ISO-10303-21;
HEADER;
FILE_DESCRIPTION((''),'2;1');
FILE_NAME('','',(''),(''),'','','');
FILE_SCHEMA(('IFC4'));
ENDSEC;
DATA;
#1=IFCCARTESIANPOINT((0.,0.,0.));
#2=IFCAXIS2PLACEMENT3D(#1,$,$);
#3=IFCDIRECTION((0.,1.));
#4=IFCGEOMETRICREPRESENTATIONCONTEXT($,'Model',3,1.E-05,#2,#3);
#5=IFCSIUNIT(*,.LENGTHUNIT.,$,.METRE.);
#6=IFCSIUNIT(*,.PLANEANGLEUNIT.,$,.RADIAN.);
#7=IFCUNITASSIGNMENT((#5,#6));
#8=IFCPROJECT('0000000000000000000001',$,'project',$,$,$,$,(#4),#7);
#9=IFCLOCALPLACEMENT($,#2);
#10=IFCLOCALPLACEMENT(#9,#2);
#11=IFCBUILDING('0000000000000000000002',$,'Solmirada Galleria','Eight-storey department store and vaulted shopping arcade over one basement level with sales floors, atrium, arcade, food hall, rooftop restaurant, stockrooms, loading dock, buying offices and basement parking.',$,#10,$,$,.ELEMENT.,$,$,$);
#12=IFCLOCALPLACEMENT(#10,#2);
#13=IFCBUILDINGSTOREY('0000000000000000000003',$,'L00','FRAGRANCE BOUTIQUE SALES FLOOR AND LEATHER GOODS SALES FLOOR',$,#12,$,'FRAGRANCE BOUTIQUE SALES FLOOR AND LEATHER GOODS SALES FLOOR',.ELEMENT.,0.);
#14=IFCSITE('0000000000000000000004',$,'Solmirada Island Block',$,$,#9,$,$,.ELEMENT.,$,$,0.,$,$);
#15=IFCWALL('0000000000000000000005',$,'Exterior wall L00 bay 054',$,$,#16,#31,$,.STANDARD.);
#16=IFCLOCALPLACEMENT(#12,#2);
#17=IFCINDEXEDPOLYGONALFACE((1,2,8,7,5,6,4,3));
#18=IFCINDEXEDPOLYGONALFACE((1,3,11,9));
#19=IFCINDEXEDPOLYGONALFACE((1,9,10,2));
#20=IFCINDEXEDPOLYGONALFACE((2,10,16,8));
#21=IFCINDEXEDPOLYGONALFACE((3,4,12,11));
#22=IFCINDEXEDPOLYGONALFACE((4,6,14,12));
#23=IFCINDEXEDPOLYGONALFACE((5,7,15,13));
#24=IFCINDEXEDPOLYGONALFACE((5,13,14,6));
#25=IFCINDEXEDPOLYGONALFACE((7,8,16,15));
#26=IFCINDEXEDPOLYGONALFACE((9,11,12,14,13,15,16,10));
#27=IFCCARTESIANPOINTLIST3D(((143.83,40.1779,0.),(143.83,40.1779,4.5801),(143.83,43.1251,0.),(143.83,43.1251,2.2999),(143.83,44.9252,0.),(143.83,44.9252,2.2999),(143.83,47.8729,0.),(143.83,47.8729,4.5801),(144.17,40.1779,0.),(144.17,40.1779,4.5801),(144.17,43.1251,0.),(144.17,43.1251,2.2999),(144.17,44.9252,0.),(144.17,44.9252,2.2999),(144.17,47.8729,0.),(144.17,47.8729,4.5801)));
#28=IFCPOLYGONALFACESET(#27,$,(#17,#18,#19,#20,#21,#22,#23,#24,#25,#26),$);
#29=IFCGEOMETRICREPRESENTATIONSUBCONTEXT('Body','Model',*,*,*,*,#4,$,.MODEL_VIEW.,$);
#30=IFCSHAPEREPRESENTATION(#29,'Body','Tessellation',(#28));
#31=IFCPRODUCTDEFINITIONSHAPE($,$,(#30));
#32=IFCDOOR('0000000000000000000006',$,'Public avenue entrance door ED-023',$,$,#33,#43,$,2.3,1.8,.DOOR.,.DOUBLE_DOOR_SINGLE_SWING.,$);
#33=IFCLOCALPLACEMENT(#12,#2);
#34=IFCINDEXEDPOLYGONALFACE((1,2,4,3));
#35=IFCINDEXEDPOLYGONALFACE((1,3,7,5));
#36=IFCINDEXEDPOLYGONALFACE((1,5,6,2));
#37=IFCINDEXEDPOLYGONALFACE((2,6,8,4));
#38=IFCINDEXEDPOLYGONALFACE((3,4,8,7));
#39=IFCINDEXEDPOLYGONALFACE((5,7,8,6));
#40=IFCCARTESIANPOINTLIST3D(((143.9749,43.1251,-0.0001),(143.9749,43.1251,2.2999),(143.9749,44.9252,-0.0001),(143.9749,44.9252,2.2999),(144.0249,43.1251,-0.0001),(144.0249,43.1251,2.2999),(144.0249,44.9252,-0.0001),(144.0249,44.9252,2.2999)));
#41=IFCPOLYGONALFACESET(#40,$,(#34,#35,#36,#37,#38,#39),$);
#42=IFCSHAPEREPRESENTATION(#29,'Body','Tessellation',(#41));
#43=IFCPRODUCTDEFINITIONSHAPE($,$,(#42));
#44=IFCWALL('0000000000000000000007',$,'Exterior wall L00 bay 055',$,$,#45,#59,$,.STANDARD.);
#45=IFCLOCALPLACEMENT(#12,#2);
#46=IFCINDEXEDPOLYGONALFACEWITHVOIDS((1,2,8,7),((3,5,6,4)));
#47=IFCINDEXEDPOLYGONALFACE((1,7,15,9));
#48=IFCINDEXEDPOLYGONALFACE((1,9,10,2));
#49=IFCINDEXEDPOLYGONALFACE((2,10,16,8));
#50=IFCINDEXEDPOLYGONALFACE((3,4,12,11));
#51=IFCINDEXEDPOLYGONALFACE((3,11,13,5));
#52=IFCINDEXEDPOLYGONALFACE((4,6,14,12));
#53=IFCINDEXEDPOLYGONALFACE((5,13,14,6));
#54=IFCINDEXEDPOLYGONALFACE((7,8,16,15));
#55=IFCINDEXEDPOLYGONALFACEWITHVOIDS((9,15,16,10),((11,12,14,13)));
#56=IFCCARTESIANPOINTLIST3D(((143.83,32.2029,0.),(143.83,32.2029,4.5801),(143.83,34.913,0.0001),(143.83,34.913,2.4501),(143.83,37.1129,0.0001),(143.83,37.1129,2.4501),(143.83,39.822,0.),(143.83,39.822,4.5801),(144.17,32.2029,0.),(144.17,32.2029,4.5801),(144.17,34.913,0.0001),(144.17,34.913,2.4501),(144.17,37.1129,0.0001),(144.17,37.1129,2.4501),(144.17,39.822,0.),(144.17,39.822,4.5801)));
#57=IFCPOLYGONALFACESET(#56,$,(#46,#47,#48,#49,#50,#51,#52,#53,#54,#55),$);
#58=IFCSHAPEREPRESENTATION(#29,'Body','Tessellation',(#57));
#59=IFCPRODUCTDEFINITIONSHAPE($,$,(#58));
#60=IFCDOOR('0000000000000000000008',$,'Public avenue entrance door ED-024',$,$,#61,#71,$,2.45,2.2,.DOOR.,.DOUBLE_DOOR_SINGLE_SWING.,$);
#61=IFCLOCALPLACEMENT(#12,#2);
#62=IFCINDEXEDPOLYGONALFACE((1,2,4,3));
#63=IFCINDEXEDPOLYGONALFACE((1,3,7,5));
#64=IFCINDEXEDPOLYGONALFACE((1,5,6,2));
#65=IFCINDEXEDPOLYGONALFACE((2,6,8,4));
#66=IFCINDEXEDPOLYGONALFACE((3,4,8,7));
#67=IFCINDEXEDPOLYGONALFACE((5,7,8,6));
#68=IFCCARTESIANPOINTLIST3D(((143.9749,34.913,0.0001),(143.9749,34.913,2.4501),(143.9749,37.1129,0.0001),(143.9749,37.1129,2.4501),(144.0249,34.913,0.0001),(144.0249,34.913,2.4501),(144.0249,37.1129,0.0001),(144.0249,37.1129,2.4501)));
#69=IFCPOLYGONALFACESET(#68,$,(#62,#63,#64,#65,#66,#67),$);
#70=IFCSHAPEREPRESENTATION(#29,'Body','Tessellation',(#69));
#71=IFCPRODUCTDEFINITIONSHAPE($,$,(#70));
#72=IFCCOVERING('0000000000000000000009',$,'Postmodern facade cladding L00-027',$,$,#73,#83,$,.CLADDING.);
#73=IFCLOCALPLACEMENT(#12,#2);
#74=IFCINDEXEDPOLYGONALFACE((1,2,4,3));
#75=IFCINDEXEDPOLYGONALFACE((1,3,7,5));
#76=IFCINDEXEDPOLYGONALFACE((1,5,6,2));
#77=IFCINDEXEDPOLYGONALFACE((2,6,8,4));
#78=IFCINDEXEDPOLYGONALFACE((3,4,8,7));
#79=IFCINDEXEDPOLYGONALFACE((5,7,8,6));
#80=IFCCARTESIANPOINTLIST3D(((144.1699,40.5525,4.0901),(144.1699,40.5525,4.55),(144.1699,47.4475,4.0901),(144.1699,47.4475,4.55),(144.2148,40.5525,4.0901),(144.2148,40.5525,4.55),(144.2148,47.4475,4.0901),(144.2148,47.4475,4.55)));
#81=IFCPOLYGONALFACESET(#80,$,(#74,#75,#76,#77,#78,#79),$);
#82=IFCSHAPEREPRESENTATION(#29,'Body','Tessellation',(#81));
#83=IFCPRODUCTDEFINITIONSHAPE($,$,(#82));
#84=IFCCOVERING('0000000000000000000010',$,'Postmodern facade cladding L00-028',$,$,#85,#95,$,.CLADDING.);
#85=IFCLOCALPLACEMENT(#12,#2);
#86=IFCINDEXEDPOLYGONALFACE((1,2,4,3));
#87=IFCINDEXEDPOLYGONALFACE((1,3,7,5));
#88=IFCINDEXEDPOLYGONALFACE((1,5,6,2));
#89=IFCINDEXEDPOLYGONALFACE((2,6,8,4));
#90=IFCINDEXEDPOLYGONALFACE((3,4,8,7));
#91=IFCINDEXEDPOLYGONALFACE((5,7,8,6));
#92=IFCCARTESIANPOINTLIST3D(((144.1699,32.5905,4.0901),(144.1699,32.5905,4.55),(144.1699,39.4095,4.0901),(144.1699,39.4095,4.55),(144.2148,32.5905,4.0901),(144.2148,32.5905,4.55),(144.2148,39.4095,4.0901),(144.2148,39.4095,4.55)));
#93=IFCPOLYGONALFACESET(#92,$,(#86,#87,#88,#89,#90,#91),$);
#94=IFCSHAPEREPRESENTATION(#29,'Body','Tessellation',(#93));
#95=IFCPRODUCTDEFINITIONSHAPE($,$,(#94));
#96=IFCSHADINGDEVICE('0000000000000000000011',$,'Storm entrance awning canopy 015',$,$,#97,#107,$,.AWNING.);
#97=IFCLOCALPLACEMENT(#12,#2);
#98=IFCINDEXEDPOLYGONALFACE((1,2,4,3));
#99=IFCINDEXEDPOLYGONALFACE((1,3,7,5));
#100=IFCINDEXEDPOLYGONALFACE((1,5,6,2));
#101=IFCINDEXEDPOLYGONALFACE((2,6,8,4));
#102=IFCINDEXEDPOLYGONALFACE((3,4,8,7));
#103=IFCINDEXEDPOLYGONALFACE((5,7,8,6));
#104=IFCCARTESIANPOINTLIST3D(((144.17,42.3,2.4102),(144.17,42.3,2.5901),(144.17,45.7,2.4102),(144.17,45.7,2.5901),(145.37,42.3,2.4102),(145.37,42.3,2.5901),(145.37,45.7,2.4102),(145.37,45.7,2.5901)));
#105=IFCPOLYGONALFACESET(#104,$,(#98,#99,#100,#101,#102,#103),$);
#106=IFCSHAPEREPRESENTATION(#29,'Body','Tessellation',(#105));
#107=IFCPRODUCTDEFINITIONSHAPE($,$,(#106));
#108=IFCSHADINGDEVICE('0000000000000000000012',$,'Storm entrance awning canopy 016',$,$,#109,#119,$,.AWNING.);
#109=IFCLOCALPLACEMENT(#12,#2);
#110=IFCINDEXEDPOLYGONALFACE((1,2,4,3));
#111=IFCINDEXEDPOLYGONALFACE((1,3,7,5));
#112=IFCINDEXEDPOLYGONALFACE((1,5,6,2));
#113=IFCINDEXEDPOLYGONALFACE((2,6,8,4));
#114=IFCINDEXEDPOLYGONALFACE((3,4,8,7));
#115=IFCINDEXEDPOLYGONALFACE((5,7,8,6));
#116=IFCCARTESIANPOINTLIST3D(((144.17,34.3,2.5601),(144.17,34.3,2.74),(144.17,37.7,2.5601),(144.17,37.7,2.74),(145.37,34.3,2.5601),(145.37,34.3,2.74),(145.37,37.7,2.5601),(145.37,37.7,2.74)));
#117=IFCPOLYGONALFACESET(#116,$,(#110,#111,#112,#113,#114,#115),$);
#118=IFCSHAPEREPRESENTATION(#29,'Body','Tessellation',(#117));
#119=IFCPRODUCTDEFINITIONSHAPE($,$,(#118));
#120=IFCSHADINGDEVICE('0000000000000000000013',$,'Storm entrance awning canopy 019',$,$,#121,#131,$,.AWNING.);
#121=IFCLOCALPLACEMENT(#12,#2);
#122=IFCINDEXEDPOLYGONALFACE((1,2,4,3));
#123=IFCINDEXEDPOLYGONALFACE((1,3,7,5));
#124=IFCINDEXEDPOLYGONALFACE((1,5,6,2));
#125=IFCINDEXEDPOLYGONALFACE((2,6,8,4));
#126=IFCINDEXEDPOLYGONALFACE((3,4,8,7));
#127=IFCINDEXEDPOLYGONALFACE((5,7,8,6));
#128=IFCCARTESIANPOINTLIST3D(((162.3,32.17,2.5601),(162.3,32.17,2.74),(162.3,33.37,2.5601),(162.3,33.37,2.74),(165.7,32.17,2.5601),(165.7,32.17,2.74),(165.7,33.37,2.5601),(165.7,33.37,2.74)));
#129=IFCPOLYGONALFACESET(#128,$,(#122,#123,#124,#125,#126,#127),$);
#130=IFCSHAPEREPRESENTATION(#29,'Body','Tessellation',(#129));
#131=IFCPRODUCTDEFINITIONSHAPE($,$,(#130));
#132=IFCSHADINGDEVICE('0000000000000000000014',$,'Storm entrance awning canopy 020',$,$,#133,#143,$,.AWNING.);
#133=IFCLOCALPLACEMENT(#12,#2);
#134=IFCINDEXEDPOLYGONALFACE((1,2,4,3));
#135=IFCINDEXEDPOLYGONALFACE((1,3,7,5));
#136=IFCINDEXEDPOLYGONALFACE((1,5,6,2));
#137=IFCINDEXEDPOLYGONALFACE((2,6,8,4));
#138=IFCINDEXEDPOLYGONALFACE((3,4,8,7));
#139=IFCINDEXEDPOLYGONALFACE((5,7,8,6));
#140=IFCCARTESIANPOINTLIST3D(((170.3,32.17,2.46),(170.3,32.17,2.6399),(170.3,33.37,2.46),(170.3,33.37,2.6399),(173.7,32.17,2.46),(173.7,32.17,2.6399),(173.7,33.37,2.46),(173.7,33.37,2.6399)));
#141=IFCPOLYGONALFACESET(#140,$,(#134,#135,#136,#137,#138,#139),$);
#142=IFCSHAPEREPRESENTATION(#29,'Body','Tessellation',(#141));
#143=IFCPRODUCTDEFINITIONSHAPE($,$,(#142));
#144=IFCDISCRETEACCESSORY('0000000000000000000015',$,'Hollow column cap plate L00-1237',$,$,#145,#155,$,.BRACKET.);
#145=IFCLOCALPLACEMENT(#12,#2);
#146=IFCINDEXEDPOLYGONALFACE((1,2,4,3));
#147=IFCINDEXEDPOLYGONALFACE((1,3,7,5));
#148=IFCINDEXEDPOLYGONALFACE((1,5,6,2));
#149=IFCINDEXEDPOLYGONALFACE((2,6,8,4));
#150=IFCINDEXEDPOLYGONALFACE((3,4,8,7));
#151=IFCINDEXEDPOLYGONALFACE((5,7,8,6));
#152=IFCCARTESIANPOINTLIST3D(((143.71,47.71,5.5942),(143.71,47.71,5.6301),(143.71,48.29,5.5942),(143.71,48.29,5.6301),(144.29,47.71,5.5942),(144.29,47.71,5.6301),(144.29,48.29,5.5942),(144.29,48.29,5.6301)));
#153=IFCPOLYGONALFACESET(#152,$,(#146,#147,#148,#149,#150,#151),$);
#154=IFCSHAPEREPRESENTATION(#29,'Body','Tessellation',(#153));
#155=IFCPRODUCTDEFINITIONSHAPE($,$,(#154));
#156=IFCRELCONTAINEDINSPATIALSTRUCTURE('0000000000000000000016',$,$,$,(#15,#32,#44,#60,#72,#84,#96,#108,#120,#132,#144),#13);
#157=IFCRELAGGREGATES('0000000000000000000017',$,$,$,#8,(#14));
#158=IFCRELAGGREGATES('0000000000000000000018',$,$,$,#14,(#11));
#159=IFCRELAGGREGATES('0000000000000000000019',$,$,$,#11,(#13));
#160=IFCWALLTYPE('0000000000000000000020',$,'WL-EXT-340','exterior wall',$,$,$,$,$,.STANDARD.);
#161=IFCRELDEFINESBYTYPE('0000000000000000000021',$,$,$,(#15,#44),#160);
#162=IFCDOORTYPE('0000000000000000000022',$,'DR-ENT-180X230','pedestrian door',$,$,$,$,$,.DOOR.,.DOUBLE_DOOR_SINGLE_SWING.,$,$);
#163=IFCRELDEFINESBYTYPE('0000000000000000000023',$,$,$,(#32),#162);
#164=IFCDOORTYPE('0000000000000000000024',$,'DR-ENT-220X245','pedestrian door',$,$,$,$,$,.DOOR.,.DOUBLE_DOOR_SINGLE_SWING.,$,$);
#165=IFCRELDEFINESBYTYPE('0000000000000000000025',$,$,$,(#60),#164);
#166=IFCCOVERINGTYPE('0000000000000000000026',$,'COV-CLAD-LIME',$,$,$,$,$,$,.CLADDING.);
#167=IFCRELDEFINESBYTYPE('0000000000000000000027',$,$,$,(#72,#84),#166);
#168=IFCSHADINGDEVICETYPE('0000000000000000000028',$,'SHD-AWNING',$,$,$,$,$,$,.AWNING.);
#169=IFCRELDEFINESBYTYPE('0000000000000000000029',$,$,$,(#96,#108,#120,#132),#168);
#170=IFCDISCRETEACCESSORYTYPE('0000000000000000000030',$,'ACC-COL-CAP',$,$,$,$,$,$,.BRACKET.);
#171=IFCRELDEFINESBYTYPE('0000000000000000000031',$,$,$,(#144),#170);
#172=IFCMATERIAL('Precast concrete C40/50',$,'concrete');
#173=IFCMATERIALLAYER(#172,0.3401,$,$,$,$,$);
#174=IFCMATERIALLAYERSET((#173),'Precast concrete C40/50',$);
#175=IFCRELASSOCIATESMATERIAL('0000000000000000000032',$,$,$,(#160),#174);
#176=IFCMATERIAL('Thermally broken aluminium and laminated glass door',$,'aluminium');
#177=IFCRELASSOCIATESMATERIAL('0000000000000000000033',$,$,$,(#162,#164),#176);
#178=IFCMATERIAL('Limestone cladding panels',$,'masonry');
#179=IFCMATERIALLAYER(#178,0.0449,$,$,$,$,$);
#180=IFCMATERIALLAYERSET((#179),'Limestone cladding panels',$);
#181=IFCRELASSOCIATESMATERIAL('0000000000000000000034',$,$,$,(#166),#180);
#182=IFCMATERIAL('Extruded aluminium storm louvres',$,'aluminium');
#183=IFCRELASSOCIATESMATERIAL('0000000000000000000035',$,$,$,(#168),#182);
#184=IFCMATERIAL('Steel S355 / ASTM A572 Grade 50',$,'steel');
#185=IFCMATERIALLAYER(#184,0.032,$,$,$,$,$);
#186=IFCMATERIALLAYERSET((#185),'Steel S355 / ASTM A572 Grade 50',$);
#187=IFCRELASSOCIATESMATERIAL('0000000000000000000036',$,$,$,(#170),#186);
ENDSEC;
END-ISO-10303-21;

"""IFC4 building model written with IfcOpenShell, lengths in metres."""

from ifc_helpers import new_model, si_unit, direction, frame, frame_2d, origin, origin_2d, place, context, subcontext, project, spatial, rectangle, extrude, material, layer, layer_set, type_object, element, fill, save


model = new_model("IFC4")

# Units and contexts
model_context = context("Model", 3, precision=1e-05, world=origin(), true_north=direction((0.0, 1.0)))
body_context = subcontext(model_context, "Body", "Model", "MODEL_VIEW")
ifc_project = project(units=[si_unit("LENGTHUNIT", "METRE"), si_unit("PLANEANGLEUNIT", "RADIAN")], contexts=[model_context])

# Site, building, storey
site_placement = place(None, origin())
site = spatial("IfcSite", under=ifc_project, at=site_placement, Name="Solmirada Island Block", CompositionType="ELEMENT", RefElevation=0.0)
building_placement = place(site_placement, origin())
building = spatial("IfcBuilding", under=site, at=building_placement, Name="Solmirada Galleria", Description="Eight-storey department store and vaulted shopping arcade over one basement level with sales floors, atrium, arcade, food hall, rooftop restaurant, stockrooms, loading dock, buying offices and basement parking.", CompositionType="ELEMENT")
storey_placement = place(building_placement, origin())
storey = spatial("IfcBuildingStorey", under=building, at=storey_placement, Name="L00", Description="FRAGRANCE BOUTIQUE SALES FLOOR AND LEATHER GOODS SALES FLOOR", LongName="FRAGRANCE BOUTIQUE SALES FLOOR AND LEATHER GOODS SALES FLOOR", CompositionType="ELEMENT", Elevation=0.0)

# Walls, openings, doors
ifc_material_1 = material(Name="Precast concrete C40/50", Category="concrete")
ifc_layer_1 = layer(ifc_material_1, 0.3401)
ifc_layer_set_1 = layer_set([ifc_layer_1], Name="Precast concrete C40/50")
wall_type = type_object("IfcWallType", Name="WL-EXT-340", Description="exterior wall", PredefinedType="STANDARD", material=ifc_layer_set_1)
wall_1_placement = place(storey_placement, frame((144.0, 47.873, 0.0), z_axis=(0.0, 0.0, 1.0), x_axis=(0.0, -1.0, 0.0)))
wall_1 = element("IfcWall", 1, at=wall_1_placement, inside=storey, type_object=wall_type, Name="Exterior wall L00 bay 054", PredefinedType="STANDARD", context=body_context, shape_type="SweptSolid", body=[
    extrude(rectangle(XDim=7.6951, YDim=0.3401, at=frame_2d((3.8477, 0.0))), origin(), (0.0, 0.0, 1.0), 4.5801),
])
opening_1_placement = place(wall_1_placement, frame((2.948, 0.0, 0.0)))
opening_1 = element("IfcOpeningElement", 2, at=opening_1_placement, cuts=wall_1, PredefinedType="OPENING", context=body_context, shape_type="SweptSolid", body=[
    extrude(rectangle(XDim=1.8, YDim=2.3, at=frame_2d((0.8999, 1.1499))), frame((0.0, 0.1799, 0.0), z_axis=(0.0, -1.0, 0.0), x_axis=(1.0, 0.0, 0.0)), (0.0, 0.0, 1.0), 0.3601),
])
ifc_material_2 = material(Name="Thermally broken aluminium and laminated glass door", Category="aluminium")
door_type_1 = type_object("IfcDoorType", Name="DR-ENT-180X230", Description="pedestrian door", OperationType="DOUBLE_DOOR_SINGLE_SWING", PredefinedType="DOOR", material=ifc_material_2)
door_1_placement = place(opening_1_placement, origin())
door_1 = element("IfcDoor", 3, at=door_1_placement, inside=storey, type_object=door_type_1, Name="Public avenue entrance door ED-023", OperationType="DOUBLE_DOOR_SINGLE_SWING", OverallHeight=2.3, OverallWidth=1.8, PredefinedType="DOOR", context=body_context, shape_type="SweptSolid", body=[
    extrude(rectangle(XDim=1.8, YDim=2.3, at=frame_2d((0.8999, 1.1499))), frame((0.0, 0.0249, 0.0), z_axis=(0.0, -1.0, 0.0), x_axis=(1.0, 0.0, 0.0)), (0.0, 0.0, 1.0), 0.05),
])
fill(opening_1, door_1)
wall_2_placement = place(storey_placement, frame((144.0, 39.822, 0.0), z_axis=(0.0, 0.0, 1.0), x_axis=(0.0, -1.0, 0.0)))
wall_2 = element("IfcWall", 4, at=wall_2_placement, inside=storey, type_object=wall_type, Name="Exterior wall L00 bay 055", PredefinedType="STANDARD", context=body_context, shape_type="SweptSolid", body=[
    extrude(rectangle(XDim=7.6191, YDim=0.3401, at=frame_2d((3.8096, 0.0))), origin(), (0.0, 0.0, 1.0), 4.5801),
])
opening_2_placement = place(wall_2_placement, frame((2.709, 0.0, 0.0)))
opening_2 = element("IfcOpeningElement", 5, at=opening_2_placement, cuts=wall_2, PredefinedType="OPENING", context=body_context, shape_type="SweptSolid", body=[
    extrude(rectangle(XDim=2.2, YDim=2.45, at=frame_2d((1.1001, 1.2251))), frame((0.0, 0.1799, 0.0), z_axis=(0.0, -1.0, 0.0), x_axis=(1.0, 0.0, 0.0)), (0.0, 0.0, 1.0), 0.3601),
])
door_type_2 = type_object("IfcDoorType", Name="DR-ENT-220X245", Description="pedestrian door", OperationType="DOUBLE_DOOR_SINGLE_SWING", PredefinedType="DOOR", material=ifc_material_2)
door_2_placement = place(opening_2_placement, origin())
door_2 = element("IfcDoor", 6, at=door_2_placement, inside=storey, type_object=door_type_2, Name="Public avenue entrance door ED-024", OperationType="DOUBLE_DOOR_SINGLE_SWING", OverallHeight=2.45, OverallWidth=2.2, PredefinedType="DOOR", context=body_context, shape_type="SweptSolid", body=[
    extrude(rectangle(XDim=2.2, YDim=2.45, at=frame_2d((1.1001, 1.2251))), frame((0.0, 0.0249, 0.0), z_axis=(0.0, -1.0, 0.0), x_axis=(1.0, 0.0, 0.0)), (0.0, 0.0, 1.0), 0.05),
])
fill(opening_2, door_2)

# Coverings
ifc_material_3 = material(Name="Limestone cladding panels", Category="masonry")
ifc_layer_2 = layer(ifc_material_3, 0.0449)
ifc_layer_set_2 = layer_set([ifc_layer_2], Name="Limestone cladding panels")
covering_type = type_object("IfcCoveringType", Name="COV-CLAD-LIME", PredefinedType="CLADDING", material=ifc_layer_set_2)
covering_1_placement = place(storey_placement, frame((144.1924, 44.0, 4.0901), z_axis=(0.0, 0.0, 1.0), x_axis=(0.0, -1.0, 0.0)))
element("IfcCovering", 7, at=covering_1_placement, inside=storey, type_object=covering_type, Name="Postmodern facade cladding L00-027", PredefinedType="CLADDING", context=body_context, shape_type="SweptSolid", body=[
    extrude(rectangle(XDim=6.895, YDim=0.0449, at=origin_2d()), origin(), (0.0, 0.0, 1.0), 0.46),
])
covering_2_placement = place(storey_placement, frame((144.1924, 36.0, 4.0901), z_axis=(0.0, 0.0, 1.0), x_axis=(0.0, -1.0, 0.0)))
element("IfcCovering", 8, at=covering_2_placement, inside=storey, type_object=covering_type, Name="Postmodern facade cladding L00-028", PredefinedType="CLADDING", context=body_context, shape_type="SweptSolid", body=[
    extrude(rectangle(XDim=6.8191, YDim=0.0449, at=origin_2d()), origin(), (0.0, 0.0, 1.0), 0.46),
])

# Shading devices
ifc_material_4 = material(Name="Extruded aluminium storm louvres", Category="aluminium")
shading_device_type = type_object("IfcShadingDeviceType", Name="SHD-AWNING", PredefinedType="AWNING", material=ifc_material_4)
for number, where, z_axis, x_axis, name in (
    (9, (144.77, 44.0, 2.4102), (0.0, 0.0, 1.0), (0.0, -1.0, 0.0), "Storm entrance awning canopy 015"),
    (10, (144.77, 36.0, 2.5601), (0.0, 0.0, 1.0), (0.0, -1.0, 0.0), "Storm entrance awning canopy 016"),
    (11, (164.0, 32.77, 2.5601), (0.0, 0.0, 1.0), (1.0, 0.0, 0.0), "Storm entrance awning canopy 019"),
    (12, (172.0, 32.77, 2.46), (0.0, 0.0, 1.0), (1.0, 0.0, 0.0), "Storm entrance awning canopy 020"),
):
    element("IfcShadingDevice", number, at=place(storey_placement, frame(where, z_axis=z_axis, x_axis=x_axis)), inside=storey, type_object=shading_device_type, Name=name, PredefinedType="AWNING", context=body_context, shape_type="SweptSolid", body=[
        extrude(rectangle(XDim=3.3999, YDim=1.2, at=origin_2d()), origin(), (0.0, 0.0, 1.0), 0.1799),
    ])

# Discrete accessory
ifc_material_5 = material(Name="Steel S355 / ASTM A572 Grade 50", Category="steel")
ifc_layer_3 = layer(ifc_material_5, 0.032)
ifc_layer_set_3 = layer_set([ifc_layer_3], Name="Steel S355 / ASTM A572 Grade 50")
discrete_accessory_type = type_object("IfcDiscreteAccessoryType", Name="ACC-COL-CAP", PredefinedType="BRACKET", material=ifc_layer_set_3)
discrete_accessory_placement = place(storey_placement, frame((144.0, 48.0, 5.5942), z_axis=(0.0, 0.0, 1.0), x_axis=(1.0, 0.0, 0.0)))
element("IfcDiscreteAccessory", 13, at=discrete_accessory_placement, inside=storey, type_object=discrete_accessory_type, Name="Hollow column cap plate L00-1237", PredefinedType="BRACKET", context=body_context, shape_type="SweptSolid", body=[
    extrude(rectangle(XDim=0.5801, YDim=0.5801, at=origin_2d()), origin(), (0.0, 0.0, 1.0), 0.0359),
])

save(model, "model.ifc")
